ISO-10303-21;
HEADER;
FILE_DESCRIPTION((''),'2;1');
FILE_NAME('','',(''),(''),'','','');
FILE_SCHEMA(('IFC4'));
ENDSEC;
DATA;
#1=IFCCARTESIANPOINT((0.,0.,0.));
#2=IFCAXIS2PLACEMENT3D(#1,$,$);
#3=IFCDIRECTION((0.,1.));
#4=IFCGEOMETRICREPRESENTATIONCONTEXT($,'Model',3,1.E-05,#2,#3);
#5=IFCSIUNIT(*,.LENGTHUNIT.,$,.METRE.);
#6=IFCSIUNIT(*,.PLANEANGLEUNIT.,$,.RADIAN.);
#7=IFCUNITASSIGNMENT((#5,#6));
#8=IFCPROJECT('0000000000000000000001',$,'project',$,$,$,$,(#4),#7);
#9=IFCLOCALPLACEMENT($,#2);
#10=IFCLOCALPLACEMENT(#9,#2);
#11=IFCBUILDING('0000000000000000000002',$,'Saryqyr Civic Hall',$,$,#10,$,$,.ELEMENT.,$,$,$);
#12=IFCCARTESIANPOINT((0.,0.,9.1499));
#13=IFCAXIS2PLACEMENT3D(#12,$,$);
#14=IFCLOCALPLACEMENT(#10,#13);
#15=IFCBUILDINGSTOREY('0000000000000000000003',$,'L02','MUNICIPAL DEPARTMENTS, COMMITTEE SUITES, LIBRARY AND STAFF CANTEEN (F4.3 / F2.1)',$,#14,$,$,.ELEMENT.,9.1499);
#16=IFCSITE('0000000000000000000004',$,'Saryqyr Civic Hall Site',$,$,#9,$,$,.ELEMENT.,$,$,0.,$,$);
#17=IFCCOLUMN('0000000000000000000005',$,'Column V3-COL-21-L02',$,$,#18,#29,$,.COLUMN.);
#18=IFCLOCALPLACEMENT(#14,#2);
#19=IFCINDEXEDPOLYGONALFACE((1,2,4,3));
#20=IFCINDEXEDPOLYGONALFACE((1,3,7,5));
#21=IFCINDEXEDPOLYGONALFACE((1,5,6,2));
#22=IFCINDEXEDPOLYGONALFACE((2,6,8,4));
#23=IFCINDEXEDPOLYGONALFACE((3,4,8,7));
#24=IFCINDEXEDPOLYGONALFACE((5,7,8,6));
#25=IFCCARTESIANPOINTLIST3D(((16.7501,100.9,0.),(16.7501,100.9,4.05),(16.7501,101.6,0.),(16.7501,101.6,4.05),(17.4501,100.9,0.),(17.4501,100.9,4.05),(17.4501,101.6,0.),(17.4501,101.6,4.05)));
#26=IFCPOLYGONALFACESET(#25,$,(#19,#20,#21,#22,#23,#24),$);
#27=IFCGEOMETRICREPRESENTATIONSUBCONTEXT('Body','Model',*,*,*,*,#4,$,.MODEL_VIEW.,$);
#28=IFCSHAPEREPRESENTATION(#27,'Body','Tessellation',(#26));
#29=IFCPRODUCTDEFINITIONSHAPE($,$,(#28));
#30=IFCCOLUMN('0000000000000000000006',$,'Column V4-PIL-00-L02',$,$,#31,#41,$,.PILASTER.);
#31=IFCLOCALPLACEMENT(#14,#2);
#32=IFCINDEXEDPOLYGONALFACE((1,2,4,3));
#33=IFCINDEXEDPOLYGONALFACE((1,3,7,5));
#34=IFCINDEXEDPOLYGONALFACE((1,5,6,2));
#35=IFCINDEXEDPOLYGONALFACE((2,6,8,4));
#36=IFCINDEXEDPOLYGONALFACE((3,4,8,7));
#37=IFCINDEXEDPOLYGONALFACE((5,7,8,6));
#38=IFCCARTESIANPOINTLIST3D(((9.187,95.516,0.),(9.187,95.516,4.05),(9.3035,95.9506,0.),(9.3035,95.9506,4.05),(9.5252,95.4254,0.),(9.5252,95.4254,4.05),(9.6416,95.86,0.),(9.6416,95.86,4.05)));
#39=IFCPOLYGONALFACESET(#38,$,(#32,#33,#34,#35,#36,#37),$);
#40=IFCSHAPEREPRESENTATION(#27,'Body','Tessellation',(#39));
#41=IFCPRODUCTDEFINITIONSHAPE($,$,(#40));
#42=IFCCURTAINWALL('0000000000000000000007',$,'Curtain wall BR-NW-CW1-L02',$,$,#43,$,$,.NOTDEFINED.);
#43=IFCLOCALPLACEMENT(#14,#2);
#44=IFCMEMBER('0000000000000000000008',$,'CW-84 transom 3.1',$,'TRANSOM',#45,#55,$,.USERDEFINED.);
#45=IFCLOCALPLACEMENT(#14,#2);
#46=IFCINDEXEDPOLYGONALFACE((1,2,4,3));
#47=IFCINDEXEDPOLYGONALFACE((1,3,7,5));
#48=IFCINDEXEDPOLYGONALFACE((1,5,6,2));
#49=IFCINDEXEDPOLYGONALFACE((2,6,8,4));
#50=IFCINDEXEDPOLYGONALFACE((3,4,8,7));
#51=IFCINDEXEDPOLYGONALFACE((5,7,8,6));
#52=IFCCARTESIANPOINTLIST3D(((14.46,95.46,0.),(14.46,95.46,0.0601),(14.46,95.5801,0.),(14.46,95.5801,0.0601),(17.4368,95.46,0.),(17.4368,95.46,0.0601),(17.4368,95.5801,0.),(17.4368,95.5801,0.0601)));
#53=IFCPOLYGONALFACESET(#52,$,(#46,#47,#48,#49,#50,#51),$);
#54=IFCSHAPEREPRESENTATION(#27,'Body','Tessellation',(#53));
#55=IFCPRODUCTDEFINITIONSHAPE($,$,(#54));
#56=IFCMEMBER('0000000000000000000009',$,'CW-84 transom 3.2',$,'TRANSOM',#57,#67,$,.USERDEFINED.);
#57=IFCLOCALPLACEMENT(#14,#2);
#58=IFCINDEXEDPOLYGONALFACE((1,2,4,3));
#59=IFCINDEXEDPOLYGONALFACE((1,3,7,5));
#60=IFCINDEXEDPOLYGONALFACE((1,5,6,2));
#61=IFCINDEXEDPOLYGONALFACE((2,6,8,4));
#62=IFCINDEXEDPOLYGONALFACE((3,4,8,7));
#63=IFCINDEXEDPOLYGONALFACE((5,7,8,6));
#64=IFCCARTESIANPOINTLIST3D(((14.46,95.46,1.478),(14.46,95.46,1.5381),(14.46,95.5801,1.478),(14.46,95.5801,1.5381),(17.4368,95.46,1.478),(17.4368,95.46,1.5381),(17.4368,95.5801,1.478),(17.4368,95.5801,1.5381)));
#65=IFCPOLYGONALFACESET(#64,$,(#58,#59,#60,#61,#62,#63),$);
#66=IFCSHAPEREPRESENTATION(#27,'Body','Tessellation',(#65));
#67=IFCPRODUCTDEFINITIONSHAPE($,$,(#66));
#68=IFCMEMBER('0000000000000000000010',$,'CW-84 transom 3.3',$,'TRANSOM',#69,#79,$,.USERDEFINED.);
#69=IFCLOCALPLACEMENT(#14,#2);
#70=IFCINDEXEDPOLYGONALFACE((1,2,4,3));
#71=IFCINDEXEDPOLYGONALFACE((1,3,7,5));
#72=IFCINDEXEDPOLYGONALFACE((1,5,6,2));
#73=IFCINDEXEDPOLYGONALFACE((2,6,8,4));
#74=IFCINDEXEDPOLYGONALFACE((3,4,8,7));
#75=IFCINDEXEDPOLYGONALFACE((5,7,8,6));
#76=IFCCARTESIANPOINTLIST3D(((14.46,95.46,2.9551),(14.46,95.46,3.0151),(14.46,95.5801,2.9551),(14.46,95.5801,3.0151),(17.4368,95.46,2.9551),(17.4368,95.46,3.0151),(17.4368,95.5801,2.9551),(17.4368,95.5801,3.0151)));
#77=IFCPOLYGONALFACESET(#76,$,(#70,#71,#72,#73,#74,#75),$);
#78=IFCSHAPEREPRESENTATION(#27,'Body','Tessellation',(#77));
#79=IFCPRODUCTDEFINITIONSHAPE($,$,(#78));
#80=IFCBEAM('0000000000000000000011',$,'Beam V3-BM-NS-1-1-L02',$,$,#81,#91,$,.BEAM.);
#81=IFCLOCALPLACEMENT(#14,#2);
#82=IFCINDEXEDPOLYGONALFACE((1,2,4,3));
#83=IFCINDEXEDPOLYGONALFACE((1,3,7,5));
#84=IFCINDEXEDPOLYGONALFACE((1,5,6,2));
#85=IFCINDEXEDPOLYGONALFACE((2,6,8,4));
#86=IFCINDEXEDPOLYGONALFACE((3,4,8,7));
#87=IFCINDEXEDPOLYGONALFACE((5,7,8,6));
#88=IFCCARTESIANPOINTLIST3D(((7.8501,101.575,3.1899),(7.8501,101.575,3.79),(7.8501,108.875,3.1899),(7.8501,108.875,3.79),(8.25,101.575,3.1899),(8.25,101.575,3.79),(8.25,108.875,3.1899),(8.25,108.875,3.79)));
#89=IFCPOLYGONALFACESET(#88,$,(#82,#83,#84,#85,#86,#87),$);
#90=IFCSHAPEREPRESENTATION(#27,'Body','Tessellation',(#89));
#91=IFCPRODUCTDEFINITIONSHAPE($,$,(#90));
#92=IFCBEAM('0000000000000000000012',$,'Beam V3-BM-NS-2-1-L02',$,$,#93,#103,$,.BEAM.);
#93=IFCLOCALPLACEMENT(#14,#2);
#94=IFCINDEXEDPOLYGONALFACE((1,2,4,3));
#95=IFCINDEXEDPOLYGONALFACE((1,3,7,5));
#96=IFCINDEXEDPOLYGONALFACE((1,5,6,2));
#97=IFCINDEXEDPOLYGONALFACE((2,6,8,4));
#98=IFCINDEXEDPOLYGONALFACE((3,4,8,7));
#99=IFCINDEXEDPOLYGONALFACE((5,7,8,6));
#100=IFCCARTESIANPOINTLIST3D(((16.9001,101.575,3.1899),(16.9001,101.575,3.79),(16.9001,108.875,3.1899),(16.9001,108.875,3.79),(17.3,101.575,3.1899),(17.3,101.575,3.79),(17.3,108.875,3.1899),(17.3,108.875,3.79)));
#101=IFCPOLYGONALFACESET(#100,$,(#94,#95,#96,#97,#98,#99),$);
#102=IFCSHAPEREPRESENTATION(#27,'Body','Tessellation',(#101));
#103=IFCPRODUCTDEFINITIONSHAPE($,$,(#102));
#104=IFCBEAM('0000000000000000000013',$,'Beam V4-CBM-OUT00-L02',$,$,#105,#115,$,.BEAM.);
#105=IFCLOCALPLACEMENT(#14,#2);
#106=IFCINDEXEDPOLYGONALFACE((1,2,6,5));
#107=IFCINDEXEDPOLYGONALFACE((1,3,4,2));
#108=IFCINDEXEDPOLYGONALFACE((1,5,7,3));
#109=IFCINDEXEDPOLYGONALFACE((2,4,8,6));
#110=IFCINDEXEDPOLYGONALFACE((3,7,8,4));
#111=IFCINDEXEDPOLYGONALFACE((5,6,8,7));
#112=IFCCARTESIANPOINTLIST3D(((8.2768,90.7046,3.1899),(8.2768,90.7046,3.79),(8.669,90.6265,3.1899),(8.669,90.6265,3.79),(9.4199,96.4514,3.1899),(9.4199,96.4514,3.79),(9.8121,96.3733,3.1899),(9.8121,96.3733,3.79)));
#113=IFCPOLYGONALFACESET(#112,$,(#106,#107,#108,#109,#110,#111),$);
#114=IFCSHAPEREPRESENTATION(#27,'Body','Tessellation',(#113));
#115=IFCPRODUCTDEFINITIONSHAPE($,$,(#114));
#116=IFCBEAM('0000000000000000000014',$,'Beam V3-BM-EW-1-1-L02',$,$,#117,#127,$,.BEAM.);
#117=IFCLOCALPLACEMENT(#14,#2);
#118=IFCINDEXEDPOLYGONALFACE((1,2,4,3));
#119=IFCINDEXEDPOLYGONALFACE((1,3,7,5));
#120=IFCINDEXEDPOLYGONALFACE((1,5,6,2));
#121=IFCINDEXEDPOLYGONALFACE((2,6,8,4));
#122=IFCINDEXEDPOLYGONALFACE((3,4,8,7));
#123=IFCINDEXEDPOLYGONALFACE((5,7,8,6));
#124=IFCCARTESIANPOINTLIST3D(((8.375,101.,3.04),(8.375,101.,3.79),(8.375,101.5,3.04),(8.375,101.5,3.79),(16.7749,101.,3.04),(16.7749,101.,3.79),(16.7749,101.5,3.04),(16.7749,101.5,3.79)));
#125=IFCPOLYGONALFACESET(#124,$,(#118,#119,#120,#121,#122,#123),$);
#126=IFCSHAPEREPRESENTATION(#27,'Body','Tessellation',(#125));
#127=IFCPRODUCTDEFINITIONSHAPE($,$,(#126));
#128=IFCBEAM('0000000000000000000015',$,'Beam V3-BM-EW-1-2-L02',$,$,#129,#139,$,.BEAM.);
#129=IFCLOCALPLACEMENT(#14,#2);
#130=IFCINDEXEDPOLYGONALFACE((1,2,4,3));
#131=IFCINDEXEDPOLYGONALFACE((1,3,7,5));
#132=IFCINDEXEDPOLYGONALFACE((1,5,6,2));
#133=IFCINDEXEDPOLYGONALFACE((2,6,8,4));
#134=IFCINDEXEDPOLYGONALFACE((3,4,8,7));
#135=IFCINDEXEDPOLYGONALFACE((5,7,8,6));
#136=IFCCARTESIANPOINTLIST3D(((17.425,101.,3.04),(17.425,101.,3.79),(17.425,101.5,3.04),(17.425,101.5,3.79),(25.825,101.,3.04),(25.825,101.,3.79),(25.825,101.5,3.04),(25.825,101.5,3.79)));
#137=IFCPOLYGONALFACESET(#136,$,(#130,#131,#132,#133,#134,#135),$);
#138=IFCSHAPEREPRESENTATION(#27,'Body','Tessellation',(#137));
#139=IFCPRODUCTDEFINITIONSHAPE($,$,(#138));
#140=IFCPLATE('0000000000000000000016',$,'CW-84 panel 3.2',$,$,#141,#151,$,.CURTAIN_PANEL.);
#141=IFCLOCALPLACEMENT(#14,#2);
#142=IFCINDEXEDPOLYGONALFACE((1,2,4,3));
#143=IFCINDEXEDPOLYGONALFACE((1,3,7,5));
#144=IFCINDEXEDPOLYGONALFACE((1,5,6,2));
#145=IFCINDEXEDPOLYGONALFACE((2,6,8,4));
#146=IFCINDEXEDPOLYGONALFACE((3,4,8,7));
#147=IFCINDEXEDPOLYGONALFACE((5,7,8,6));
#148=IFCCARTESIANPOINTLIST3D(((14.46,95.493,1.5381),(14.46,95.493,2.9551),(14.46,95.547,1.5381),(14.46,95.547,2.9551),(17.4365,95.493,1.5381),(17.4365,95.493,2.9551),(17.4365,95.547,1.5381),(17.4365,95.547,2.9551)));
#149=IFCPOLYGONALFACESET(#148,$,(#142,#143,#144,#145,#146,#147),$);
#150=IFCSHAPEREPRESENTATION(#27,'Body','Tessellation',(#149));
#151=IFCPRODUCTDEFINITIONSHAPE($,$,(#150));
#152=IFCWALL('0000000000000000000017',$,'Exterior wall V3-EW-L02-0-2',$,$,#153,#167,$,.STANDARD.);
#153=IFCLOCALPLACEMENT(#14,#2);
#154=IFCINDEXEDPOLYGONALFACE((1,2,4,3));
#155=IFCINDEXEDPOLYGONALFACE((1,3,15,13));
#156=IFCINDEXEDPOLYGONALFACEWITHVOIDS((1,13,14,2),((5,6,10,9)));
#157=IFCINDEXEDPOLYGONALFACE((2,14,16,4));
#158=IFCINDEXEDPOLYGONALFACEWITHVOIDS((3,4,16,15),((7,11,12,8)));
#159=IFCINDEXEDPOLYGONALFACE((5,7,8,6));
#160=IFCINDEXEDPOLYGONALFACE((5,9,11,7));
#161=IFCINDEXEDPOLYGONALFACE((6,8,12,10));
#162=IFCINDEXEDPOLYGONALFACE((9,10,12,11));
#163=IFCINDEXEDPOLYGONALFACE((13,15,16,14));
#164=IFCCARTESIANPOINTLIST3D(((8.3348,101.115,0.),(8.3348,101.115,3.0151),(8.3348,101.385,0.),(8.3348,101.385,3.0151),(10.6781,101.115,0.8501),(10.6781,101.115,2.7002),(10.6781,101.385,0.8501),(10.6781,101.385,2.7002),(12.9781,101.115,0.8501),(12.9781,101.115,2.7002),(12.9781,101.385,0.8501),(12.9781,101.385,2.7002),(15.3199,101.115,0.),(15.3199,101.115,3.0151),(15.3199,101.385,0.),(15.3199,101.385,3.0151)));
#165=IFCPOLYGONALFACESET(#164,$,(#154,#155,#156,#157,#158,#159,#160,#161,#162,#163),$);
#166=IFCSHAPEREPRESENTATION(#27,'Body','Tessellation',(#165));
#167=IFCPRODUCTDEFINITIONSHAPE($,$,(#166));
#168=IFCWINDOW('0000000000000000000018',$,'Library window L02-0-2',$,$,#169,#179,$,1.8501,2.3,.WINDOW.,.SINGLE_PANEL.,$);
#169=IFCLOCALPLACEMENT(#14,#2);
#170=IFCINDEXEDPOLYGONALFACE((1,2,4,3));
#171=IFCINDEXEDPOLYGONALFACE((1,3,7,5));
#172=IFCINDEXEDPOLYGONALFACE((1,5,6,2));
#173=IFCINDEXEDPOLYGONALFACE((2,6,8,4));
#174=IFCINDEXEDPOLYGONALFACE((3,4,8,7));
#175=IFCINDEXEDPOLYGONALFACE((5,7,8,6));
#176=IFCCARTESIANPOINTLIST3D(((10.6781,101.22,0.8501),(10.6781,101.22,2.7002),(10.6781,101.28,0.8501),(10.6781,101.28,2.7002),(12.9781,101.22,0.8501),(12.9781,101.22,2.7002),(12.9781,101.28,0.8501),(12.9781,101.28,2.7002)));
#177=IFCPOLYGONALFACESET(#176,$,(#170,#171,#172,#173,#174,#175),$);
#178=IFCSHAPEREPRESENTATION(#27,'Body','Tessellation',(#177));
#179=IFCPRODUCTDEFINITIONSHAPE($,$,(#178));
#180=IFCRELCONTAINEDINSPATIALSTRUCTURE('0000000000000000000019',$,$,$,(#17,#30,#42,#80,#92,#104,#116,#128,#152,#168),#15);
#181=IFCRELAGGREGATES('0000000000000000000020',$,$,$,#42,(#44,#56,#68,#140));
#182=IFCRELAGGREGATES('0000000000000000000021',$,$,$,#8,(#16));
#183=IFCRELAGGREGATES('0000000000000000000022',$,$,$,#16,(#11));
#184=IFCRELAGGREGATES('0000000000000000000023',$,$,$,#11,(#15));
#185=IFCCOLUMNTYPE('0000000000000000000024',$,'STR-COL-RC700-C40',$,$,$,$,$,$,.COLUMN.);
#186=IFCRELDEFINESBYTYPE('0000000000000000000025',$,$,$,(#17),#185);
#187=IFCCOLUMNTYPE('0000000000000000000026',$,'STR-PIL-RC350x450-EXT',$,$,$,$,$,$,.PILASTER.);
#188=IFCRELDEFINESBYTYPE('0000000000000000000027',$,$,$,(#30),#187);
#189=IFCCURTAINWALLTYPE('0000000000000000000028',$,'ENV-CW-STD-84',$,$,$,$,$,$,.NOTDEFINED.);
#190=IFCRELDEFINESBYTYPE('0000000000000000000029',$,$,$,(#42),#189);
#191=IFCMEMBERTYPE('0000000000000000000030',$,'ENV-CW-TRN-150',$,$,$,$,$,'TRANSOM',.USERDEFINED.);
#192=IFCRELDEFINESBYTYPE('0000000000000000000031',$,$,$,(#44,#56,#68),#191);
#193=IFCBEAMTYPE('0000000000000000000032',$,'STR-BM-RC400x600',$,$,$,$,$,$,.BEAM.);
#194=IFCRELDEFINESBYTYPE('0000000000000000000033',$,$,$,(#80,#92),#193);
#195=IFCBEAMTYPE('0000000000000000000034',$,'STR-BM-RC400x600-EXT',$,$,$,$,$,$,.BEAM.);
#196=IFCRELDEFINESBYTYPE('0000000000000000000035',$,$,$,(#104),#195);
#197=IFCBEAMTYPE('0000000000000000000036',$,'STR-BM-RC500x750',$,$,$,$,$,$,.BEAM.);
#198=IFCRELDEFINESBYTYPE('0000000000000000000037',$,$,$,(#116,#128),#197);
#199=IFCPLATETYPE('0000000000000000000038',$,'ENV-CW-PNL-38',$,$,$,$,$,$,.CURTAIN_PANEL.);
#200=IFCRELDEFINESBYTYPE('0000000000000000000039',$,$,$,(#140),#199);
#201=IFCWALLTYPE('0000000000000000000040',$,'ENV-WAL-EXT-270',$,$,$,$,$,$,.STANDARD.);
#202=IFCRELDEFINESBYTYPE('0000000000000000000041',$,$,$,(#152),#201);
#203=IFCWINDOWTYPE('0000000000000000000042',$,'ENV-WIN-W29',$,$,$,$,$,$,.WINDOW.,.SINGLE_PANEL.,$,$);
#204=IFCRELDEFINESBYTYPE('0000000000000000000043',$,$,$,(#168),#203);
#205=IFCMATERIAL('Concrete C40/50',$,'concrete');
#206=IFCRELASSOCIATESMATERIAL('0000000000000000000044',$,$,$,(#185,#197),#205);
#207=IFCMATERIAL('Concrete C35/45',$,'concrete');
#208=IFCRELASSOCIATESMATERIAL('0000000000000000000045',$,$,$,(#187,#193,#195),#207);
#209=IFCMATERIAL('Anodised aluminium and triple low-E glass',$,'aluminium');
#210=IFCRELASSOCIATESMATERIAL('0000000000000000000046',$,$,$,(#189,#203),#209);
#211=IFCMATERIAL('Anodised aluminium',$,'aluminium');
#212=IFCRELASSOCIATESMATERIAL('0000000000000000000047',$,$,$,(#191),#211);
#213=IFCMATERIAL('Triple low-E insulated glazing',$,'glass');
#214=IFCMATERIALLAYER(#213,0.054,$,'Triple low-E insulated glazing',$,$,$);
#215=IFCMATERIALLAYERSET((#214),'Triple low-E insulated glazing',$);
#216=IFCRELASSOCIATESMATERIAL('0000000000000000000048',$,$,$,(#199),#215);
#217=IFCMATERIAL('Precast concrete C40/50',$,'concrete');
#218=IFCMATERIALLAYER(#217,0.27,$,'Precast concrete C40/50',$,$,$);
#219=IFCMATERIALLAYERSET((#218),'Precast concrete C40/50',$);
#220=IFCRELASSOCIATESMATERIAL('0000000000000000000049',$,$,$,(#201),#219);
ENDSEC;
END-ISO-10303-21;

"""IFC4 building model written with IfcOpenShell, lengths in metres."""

from ifc_helpers import new_model, si_unit, direction, frame, frame_2d, origin, origin_2d, place, context, subcontext, project, spatial, rectangle, extrude, material, layer, layer_set, material_profile, profile_set, type_object, element, fill, aggregate, save


model = new_model("IFC4")

# Units and contexts
model_context = context("Model", 3, precision=1e-05, world=origin(), true_north=direction((0.0, 1.0)))
body_context = subcontext(model_context, "Body", "Model", "MODEL_VIEW")
ifc_project = project(units=[si_unit("LENGTHUNIT", "METRE"), si_unit("PLANEANGLEUNIT", "RADIAN")], contexts=[model_context])

# Site, building, storey
site_placement = place(None, origin())
site = spatial("IfcSite", under=ifc_project, at=site_placement, Name="Saryqyr Civic Hall Site", CompositionType="ELEMENT", RefElevation=0.0)
building_placement = place(site_placement, origin())
building = spatial("IfcBuilding", under=site, at=building_placement, Name="Saryqyr Civic Hall", CompositionType="ELEMENT")
storey_placement = place(building_placement, frame((0.0, 0.0, 9.1499)))
storey = spatial("IfcBuildingStorey", under=building, at=storey_placement, Name="L02", Description="MUNICIPAL DEPARTMENTS, COMMITTEE SUITES, LIBRARY AND STAFF CANTEEN (F4.3 / F2.1)", CompositionType="ELEMENT", Elevation=9.1499)

# Columns
ifc_material_1 = material(Name="Concrete C40/50", Category="concrete")
ifc_material_profile_1 = material_profile(ifc_material_1, rectangle(XDim=0.7, YDim=0.7, at=origin_2d()), Name="RC 700x700")
ifc_profile_set_1 = profile_set([ifc_material_profile_1], Name="Concrete C40/50")
column_type_1 = type_object("IfcColumnType", Name="STR-COL-RC700-C40", PredefinedType="COLUMN", material=ifc_profile_set_1)
for number, where, z_axis, x_axis, name in (
    (1, (17.1001, 101.25, 0.0), (0.0, 0.0, 1.0), (1.0, 0.0, 0.0), "Column V3-COL-21-L02"),
):
    element("IfcColumn", number, at=place(storey_placement, frame(where, z_axis=z_axis, x_axis=x_axis)), inside=storey, type_object=column_type_1, Name=name, PredefinedType="COLUMN", context=body_context, shape_type="SweptSolid", body=[
        extrude(rectangle(XDim=0.7, YDim=0.7, at=origin_2d()), origin(), (0.0, 0.0, 1.0), 4.05),
    ])
ifc_material_2 = material(Name="Concrete C35/45", Category="concrete")
ifc_material_profile_2 = material_profile(ifc_material_2, rectangle(XDim=0.3501, YDim=0.45, at=origin_2d()), Name="RC 350x450")
ifc_profile_set_2 = profile_set([ifc_material_profile_2], Name="Concrete C35/45")
column_type_2 = type_object("IfcColumnType", Name="STR-PIL-RC350x450-EXT", PredefinedType="PILASTER", material=ifc_profile_set_2)
column_1_placement = place(storey_placement, frame((9.4143, 95.688, 0.0), z_axis=(0.0, 0.0, 1.0), x_axis=(-0.965926, 0.258819, 0.0)))
element("IfcColumn", 2, at=column_1_placement, inside=storey, type_object=column_type_2, Name="Column V4-PIL-00-L02", PredefinedType="PILASTER", context=body_context, shape_type="SweptSolid", body=[
    extrude(rectangle(XDim=0.3501, YDim=0.45, at=origin_2d()), origin(), (0.0, 0.0, 1.0), 4.05),
])

# Curtain wall, members
ifc_material_3 = material(Name="Anodised aluminium and triple low-E glass", Category="aluminium")
curtain_wall_type = type_object("IfcCurtainWallType", Name="ENV-CW-STD-84", PredefinedType="NOTDEFINED", material=ifc_material_3)
curtain_wall_placement = place(storey_placement, origin())
curtain_wall = element("IfcCurtainWall", 3, at=curtain_wall_placement, inside=storey, type_object=curtain_wall_type, Name="Curtain wall BR-NW-CW1-L02", PredefinedType="NOTDEFINED")
ifc_material_4 = material(Name="Anodised aluminium", Category="aluminium")
ifc_material_profile_3 = material_profile(ifc_material_4, rectangle(XDim=0.1201, YDim=0.0601, at=origin_2d()), Name="ALU TRANSOM 120x60")
ifc_profile_set_3 = profile_set([ifc_material_profile_3], Name="Anodised aluminium")
member_type = type_object("IfcMemberType", Name="ENV-CW-TRN-150", ElementType="TRANSOM", PredefinedType="USERDEFINED", material=ifc_profile_set_3)
member_1_placement = place(storey_placement, frame((17.4368, 95.52, 0.03), z_axis=(-1.0, 0.0, 0.0), x_axis=(0.0, -1.0, 0.0)))
member_1 = element("IfcMember", 4, at=member_1_placement, type_object=member_type, Name="CW-84 transom 3.1", ObjectType="TRANSOM", PredefinedType="USERDEFINED", context=body_context, shape_type="SweptSolid", body=[
    extrude(rectangle(XDim=0.1201, YDim=0.0601, at=origin_2d()), origin(), (0.0, 0.0, 1.0), 2.9768),
])
member_2_placement = place(storey_placement, frame((17.4368, 95.52, 1.5081), z_axis=(-1.0, 0.0, 0.0), x_axis=(0.0, -1.0, 0.0)))
member_2 = element("IfcMember", 5, at=member_2_placement, type_object=member_type, Name="CW-84 transom 3.2", ObjectType="TRANSOM", PredefinedType="USERDEFINED", context=body_context, shape_type="SweptSolid", body=[
    extrude(rectangle(XDim=0.1201, YDim=0.0601, at=origin_2d()), origin(), (0.0, 0.0, 1.0), 2.9768),
])
member_3_placement = place(storey_placement, frame((17.4368, 95.52, 2.9851), z_axis=(-1.0, 0.0, 0.0), x_axis=(0.0, -1.0, 0.0)))
member_3 = element("IfcMember", 6, at=member_3_placement, type_object=member_type, Name="CW-84 transom 3.3", ObjectType="TRANSOM", PredefinedType="USERDEFINED", context=body_context, shape_type="SweptSolid", body=[
    extrude(rectangle(XDim=0.1201, YDim=0.0601, at=origin_2d()), origin(), (0.0, 0.0, 1.0), 2.9768),
])

# Beams
ifc_material_profile_4 = material_profile(ifc_material_2, rectangle(XDim=0.3999, YDim=0.6001, at=origin_2d()), Name="RC 400x600")
ifc_profile_set_4 = profile_set([ifc_material_profile_4], Name="Concrete C35/45")
beam_type_1 = type_object("IfcBeamType", Name="STR-BM-RC400x600", PredefinedType="BEAM", material=ifc_profile_set_4)
for number, where, z_axis, x_axis, name in (
    (7, (8.05, 101.575, 3.49), (0.0, 1.0, 0.0), (-1.0, 0.0, 0.0), "Beam V3-BM-NS-1-1-L02"),
    (8, (17.1001, 101.575, 3.49), (0.0, 1.0, 0.0), (-1.0, 0.0, 0.0), "Beam V3-BM-NS-2-1-L02"),
):
    element("IfcBeam", number, at=place(storey_placement, frame(where, z_axis=z_axis, x_axis=x_axis)), inside=storey, type_object=beam_type_1, Name=name, PredefinedType="BEAM", context=body_context, shape_type="SweptSolid", body=[
        extrude(rectangle(XDim=0.3999, YDim=0.6001, at=origin_2d()), origin(), (0.0, 0.0, 1.0), 7.3),
    ])
ifc_material_profile_5 = material_profile(ifc_material_2, rectangle(XDim=0.3999, YDim=0.6001, at=origin_2d()), Name="RC 400x600")
ifc_profile_set_5 = profile_set([ifc_material_profile_5], Name="Concrete C35/45")
beam_type_2 = type_object("IfcBeamType", Name="STR-BM-RC400x600-EXT", PredefinedType="BEAM", material=ifc_profile_set_5)
beam_placement = place(storey_placement, frame((9.616, 96.4124, 3.49), z_axis=(-0.195082, -0.980787, 0.0), x_axis=(0.980787, -0.195082, 0.0)))
element("IfcBeam", 9, at=beam_placement, inside=storey, type_object=beam_type_2, Name="Beam V4-CBM-OUT00-L02", PredefinedType="BEAM", context=body_context, shape_type="SweptSolid", body=[
    extrude(rectangle(XDim=0.3999, YDim=0.6001, at=origin_2d()), origin(), (0.0, 0.0, 1.0), 5.8594),
])
ifc_material_profile_6 = material_profile(ifc_material_1, rectangle(XDim=0.5, YDim=0.75, at=origin_2d()), Name="RC 500x750")
ifc_profile_set_6 = profile_set([ifc_material_profile_6], Name="Concrete C40/50")
beam_type_3 = type_object("IfcBeamType", Name="STR-BM-RC500x750", PredefinedType="BEAM", material=ifc_profile_set_6)
for number, where, z_axis, x_axis, name in (
    (10, (8.375, 101.25, 3.415), (1.0, 0.0, 0.0), (0.0, 1.0, 0.0), "Beam V3-BM-EW-1-1-L02"),
    (11, (17.425, 101.25, 3.415), (1.0, 0.0, 0.0), (0.0, 1.0, 0.0), "Beam V3-BM-EW-1-2-L02"),
):
    element("IfcBeam", number, at=place(storey_placement, frame(where, z_axis=z_axis, x_axis=x_axis)), inside=storey, type_object=beam_type_3, Name=name, PredefinedType="BEAM", context=body_context, shape_type="SweptSolid", body=[
        extrude(rectangle(XDim=0.5, YDim=0.75, at=origin_2d()), origin(), (0.0, 0.0, 1.0), 8.3999),
    ])

# Plate
ifc_material_5 = material(Name="Triple low-E insulated glazing", Category="glass")
ifc_layer_1 = layer(ifc_material_5, 0.054, Name="Triple low-E insulated glazing")
ifc_layer_set_1 = layer_set([ifc_layer_1], Name="Triple low-E insulated glazing")
plate_type = type_object("IfcPlateType", Name="ENV-CW-PNL-38", PredefinedType="CURTAIN_PANEL", material=ifc_layer_set_1)
plate_placement = place(storey_placement, frame((15.9482, 95.52, 1.5381), z_axis=(0.0, 0.0, 1.0), x_axis=(-1.0, 0.0, 0.0)))
plate = element("IfcPlate", 12, at=plate_placement, type_object=plate_type, Name="CW-84 panel 3.2", PredefinedType="CURTAIN_PANEL", context=body_context, shape_type="SweptSolid", body=[
    extrude(rectangle(XDim=2.9766, YDim=0.054, at=origin_2d()), origin(), (0.0, 0.0, 1.0), 1.417),
])
aggregate(curtain_wall, [member_1, member_2, member_3, plate])

# Wall, opening, window
ifc_material_6 = material(Name="Precast concrete C40/50", Category="concrete")
ifc_layer_2 = layer(ifc_material_6, 0.27, Name="Precast concrete C40/50")
ifc_layer_set_2 = layer_set([ifc_layer_2], Name="Precast concrete C40/50")
wall_type_1 = type_object("IfcWallType", Name="ENV-WAL-EXT-270", PredefinedType="STANDARD", material=ifc_layer_set_2)
wall_1_placement = place(storey_placement, frame((15.3201, 101.25, 0.0), z_axis=(0.0, 0.0, 1.0), x_axis=(-1.0, 0.0, 0.0)))
wall_1 = element("IfcWall", 13, at=wall_1_placement, inside=storey, type_object=wall_type_1, Name="Exterior wall V3-EW-L02-0-2", PredefinedType="STANDARD", context=body_context, shape_type="SweptSolid", body=[
    extrude(rectangle(XDim=6.9851, YDim=0.27, at=frame_2d((3.4927, 0.0))), origin(), (0.0, 0.0, 1.0), 3.0151),
])
opening_1_placement = place(wall_1_placement, frame((2.342, 0.0, 0.8501)))
opening_1 = element("IfcOpeningElement", 14, at=opening_1_placement, cuts=wall_1, PredefinedType="OPENING", context=body_context, shape_type="SweptSolid", body=[
    extrude(rectangle(XDim=2.3, YDim=1.8501, at=frame_2d((1.1499, 0.925))), frame((0.0, 0.145, 0.0), z_axis=(0.0, -1.0, 0.0), x_axis=(1.0, 0.0, 0.0)), (0.0, 0.0, 1.0), 0.29),
])
window_type_1 = type_object("IfcWindowType", Name="ENV-WIN-W29", PartitioningType="SINGLE_PANEL", PredefinedType="WINDOW", material=ifc_material_3)
window_1_placement = place(opening_1_placement, origin())
window_1 = element("IfcWindow", 15, at=window_1_placement, inside=storey, type_object=window_type_1, Name="Library window L02-0-2", OverallHeight=1.8501, OverallWidth=2.3, PartitioningType="SINGLE_PANEL", PredefinedType="WINDOW", context=body_context, shape_type="SweptSolid", body=[
    extrude(rectangle(XDim=2.3, YDim=1.8501, at=frame_2d((1.1499, 0.925))), frame((0.0, 0.03, 0.0), z_axis=(0.0, -1.0, 0.0), x_axis=(1.0, 0.0, 0.0)), (0.0, 0.0, 1.0), 0.0601),
])
fill(opening_1, window_1)

save(model, "model.ifc")
